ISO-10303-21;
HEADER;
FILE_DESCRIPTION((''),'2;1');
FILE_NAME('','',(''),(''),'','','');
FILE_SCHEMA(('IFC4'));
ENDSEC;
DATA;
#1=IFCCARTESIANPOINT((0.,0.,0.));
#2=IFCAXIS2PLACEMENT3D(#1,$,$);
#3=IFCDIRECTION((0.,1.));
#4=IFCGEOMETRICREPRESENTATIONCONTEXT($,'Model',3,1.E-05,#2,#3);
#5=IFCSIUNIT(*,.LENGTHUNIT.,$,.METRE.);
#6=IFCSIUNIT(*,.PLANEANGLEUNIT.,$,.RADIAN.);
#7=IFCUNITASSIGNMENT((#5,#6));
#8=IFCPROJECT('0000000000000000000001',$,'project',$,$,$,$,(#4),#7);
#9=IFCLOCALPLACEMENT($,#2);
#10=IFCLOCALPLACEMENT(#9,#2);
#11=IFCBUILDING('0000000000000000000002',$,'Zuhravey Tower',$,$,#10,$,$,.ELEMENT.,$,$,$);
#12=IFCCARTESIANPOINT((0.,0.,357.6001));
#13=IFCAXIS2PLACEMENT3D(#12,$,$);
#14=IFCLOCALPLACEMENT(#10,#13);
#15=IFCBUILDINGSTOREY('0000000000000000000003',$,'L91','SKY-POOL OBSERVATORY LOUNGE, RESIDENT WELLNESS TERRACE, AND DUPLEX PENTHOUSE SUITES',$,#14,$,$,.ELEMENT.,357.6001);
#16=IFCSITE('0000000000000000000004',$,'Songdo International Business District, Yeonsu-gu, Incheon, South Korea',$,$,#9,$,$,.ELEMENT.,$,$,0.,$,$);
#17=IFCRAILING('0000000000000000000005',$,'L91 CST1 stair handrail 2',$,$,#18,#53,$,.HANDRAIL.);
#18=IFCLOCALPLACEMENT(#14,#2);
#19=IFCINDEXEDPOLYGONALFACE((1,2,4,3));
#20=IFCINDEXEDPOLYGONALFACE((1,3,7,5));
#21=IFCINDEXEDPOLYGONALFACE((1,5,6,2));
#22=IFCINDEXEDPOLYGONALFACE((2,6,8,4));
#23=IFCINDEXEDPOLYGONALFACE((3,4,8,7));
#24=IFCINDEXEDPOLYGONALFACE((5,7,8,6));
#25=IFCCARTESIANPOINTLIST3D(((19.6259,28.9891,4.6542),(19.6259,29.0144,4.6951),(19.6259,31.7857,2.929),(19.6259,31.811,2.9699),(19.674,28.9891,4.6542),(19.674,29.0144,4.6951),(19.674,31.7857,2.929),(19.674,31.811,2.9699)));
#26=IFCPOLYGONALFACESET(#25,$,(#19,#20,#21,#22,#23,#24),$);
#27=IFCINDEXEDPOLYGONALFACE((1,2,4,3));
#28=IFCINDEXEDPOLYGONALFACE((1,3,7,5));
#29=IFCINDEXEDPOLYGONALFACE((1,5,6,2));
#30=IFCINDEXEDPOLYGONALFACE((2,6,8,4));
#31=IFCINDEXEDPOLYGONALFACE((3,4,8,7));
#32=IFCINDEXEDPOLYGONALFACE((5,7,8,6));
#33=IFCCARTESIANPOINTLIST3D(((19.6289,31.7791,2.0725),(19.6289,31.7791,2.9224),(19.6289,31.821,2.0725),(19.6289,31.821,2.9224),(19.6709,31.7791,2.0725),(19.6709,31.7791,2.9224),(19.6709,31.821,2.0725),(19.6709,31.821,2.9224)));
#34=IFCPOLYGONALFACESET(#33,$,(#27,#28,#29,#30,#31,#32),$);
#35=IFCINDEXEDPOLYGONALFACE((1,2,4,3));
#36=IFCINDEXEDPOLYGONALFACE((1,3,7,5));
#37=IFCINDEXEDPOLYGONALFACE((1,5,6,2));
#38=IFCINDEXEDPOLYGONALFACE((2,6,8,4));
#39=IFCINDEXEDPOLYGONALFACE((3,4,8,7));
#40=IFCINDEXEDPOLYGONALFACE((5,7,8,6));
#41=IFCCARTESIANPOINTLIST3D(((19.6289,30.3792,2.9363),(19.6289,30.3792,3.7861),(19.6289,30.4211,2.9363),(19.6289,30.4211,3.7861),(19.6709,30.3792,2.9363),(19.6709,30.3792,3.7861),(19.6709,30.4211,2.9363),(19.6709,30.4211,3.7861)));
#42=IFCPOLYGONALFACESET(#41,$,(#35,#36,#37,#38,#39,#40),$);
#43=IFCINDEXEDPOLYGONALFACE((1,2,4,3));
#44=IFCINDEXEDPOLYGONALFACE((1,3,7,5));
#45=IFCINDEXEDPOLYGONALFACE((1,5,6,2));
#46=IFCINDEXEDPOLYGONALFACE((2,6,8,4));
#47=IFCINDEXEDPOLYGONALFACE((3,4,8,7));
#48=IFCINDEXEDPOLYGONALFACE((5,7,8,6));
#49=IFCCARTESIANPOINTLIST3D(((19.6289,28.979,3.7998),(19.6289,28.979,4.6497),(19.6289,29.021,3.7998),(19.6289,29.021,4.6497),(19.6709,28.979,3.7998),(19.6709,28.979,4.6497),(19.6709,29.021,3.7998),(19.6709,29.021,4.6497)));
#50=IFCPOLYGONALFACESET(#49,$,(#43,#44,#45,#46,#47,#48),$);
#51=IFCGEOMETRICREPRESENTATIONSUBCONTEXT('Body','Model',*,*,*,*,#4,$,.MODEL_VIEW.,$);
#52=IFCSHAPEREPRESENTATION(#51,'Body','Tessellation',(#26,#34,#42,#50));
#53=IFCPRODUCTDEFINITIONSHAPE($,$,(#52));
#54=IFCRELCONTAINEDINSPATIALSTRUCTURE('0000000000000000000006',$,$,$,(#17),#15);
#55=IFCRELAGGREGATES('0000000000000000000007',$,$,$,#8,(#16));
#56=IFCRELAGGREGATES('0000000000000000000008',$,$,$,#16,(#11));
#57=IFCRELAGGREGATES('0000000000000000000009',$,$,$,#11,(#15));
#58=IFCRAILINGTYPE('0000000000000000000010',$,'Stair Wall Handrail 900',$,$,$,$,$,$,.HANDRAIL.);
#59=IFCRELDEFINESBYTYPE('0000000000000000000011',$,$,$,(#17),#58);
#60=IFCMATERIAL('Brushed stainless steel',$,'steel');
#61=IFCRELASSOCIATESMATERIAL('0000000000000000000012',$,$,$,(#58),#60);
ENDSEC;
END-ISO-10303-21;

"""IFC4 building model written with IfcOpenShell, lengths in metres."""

from ifc_helpers import new_model, si_unit, direction, frame, origin, origin_2d, place, context, subcontext, project, spatial, rectangle, extrude, material, type_object, element, save


model = new_model("IFC4")

# Units and contexts
model_context = context("Model", 3, precision=1e-05, world=origin(), true_north=direction((0.0, 1.0)))
body_context = subcontext(model_context, "Body", "Model", "MODEL_VIEW")
ifc_project = project(units=[si_unit("LENGTHUNIT", "METRE"), si_unit("PLANEANGLEUNIT", "RADIAN")], contexts=[model_context])

# Site, building, storey
site_placement = place(None, origin())
site = spatial("IfcSite", under=ifc_project, at=site_placement, Name="Songdo International Business District, Yeonsu-gu, Incheon, South Korea", CompositionType="ELEMENT", RefElevation=0.0)
building_placement = place(site_placement, origin())
building = spatial("IfcBuilding", under=site, at=building_placement, Name="Zuhravey Tower", CompositionType="ELEMENT")
storey_placement = place(building_placement, frame((0.0, 0.0, 357.6001)))
storey = spatial("IfcBuildingStorey", under=building, at=storey_placement, Name="L91", Description="SKY-POOL OBSERVATORY LOUNGE, RESIDENT WELLNESS TERRACE, AND DUPLEX PENTHOUSE SUITES", CompositionType="ELEMENT", Elevation=357.6001)

# Railing
ifc_material_1 = material(Name="Brushed stainless steel", Category="steel")
railing_type = type_object("IfcRailingType", Name="Stair Wall Handrail 900", PredefinedType="HANDRAIL", material=ifc_material_1)
railing_placement = place(storey_placement, frame((19.6499, 31.8, 2.0725)))
element("IfcRailing", 1, at=railing_placement, inside=storey, type_object=railing_type, Name="L91 CST1 stair handrail 2", PredefinedType="HANDRAIL", context=body_context, shape_type="SweptSolid", body=[
    extrude(rectangle(XDim=0.0481, YDim=0.0481, at=origin_2d()), frame((0.0, -0.0017, 0.877), z_axis=(0.0, -0.85109, 0.52502), x_axis=(1.0, 0.0, 0.0)), (0.0, 0.0, 1.0), 3.2859),
    extrude(rectangle(XDim=0.042, YDim=0.042, at=origin_2d()), origin(), (0.0, 0.0, 1.0), 0.8499),
    extrude(rectangle(XDim=0.042, YDim=0.042, at=origin_2d()), frame((0.0, -1.3999, 0.8638)), (0.0, 0.0, 1.0), 0.8499),
    extrude(rectangle(XDim=0.042, YDim=0.042, at=origin_2d()), frame((0.0, -2.8, 1.7273)), (0.0, 0.0, 1.0), 0.8499),
])

save(model, "model.ifc")
